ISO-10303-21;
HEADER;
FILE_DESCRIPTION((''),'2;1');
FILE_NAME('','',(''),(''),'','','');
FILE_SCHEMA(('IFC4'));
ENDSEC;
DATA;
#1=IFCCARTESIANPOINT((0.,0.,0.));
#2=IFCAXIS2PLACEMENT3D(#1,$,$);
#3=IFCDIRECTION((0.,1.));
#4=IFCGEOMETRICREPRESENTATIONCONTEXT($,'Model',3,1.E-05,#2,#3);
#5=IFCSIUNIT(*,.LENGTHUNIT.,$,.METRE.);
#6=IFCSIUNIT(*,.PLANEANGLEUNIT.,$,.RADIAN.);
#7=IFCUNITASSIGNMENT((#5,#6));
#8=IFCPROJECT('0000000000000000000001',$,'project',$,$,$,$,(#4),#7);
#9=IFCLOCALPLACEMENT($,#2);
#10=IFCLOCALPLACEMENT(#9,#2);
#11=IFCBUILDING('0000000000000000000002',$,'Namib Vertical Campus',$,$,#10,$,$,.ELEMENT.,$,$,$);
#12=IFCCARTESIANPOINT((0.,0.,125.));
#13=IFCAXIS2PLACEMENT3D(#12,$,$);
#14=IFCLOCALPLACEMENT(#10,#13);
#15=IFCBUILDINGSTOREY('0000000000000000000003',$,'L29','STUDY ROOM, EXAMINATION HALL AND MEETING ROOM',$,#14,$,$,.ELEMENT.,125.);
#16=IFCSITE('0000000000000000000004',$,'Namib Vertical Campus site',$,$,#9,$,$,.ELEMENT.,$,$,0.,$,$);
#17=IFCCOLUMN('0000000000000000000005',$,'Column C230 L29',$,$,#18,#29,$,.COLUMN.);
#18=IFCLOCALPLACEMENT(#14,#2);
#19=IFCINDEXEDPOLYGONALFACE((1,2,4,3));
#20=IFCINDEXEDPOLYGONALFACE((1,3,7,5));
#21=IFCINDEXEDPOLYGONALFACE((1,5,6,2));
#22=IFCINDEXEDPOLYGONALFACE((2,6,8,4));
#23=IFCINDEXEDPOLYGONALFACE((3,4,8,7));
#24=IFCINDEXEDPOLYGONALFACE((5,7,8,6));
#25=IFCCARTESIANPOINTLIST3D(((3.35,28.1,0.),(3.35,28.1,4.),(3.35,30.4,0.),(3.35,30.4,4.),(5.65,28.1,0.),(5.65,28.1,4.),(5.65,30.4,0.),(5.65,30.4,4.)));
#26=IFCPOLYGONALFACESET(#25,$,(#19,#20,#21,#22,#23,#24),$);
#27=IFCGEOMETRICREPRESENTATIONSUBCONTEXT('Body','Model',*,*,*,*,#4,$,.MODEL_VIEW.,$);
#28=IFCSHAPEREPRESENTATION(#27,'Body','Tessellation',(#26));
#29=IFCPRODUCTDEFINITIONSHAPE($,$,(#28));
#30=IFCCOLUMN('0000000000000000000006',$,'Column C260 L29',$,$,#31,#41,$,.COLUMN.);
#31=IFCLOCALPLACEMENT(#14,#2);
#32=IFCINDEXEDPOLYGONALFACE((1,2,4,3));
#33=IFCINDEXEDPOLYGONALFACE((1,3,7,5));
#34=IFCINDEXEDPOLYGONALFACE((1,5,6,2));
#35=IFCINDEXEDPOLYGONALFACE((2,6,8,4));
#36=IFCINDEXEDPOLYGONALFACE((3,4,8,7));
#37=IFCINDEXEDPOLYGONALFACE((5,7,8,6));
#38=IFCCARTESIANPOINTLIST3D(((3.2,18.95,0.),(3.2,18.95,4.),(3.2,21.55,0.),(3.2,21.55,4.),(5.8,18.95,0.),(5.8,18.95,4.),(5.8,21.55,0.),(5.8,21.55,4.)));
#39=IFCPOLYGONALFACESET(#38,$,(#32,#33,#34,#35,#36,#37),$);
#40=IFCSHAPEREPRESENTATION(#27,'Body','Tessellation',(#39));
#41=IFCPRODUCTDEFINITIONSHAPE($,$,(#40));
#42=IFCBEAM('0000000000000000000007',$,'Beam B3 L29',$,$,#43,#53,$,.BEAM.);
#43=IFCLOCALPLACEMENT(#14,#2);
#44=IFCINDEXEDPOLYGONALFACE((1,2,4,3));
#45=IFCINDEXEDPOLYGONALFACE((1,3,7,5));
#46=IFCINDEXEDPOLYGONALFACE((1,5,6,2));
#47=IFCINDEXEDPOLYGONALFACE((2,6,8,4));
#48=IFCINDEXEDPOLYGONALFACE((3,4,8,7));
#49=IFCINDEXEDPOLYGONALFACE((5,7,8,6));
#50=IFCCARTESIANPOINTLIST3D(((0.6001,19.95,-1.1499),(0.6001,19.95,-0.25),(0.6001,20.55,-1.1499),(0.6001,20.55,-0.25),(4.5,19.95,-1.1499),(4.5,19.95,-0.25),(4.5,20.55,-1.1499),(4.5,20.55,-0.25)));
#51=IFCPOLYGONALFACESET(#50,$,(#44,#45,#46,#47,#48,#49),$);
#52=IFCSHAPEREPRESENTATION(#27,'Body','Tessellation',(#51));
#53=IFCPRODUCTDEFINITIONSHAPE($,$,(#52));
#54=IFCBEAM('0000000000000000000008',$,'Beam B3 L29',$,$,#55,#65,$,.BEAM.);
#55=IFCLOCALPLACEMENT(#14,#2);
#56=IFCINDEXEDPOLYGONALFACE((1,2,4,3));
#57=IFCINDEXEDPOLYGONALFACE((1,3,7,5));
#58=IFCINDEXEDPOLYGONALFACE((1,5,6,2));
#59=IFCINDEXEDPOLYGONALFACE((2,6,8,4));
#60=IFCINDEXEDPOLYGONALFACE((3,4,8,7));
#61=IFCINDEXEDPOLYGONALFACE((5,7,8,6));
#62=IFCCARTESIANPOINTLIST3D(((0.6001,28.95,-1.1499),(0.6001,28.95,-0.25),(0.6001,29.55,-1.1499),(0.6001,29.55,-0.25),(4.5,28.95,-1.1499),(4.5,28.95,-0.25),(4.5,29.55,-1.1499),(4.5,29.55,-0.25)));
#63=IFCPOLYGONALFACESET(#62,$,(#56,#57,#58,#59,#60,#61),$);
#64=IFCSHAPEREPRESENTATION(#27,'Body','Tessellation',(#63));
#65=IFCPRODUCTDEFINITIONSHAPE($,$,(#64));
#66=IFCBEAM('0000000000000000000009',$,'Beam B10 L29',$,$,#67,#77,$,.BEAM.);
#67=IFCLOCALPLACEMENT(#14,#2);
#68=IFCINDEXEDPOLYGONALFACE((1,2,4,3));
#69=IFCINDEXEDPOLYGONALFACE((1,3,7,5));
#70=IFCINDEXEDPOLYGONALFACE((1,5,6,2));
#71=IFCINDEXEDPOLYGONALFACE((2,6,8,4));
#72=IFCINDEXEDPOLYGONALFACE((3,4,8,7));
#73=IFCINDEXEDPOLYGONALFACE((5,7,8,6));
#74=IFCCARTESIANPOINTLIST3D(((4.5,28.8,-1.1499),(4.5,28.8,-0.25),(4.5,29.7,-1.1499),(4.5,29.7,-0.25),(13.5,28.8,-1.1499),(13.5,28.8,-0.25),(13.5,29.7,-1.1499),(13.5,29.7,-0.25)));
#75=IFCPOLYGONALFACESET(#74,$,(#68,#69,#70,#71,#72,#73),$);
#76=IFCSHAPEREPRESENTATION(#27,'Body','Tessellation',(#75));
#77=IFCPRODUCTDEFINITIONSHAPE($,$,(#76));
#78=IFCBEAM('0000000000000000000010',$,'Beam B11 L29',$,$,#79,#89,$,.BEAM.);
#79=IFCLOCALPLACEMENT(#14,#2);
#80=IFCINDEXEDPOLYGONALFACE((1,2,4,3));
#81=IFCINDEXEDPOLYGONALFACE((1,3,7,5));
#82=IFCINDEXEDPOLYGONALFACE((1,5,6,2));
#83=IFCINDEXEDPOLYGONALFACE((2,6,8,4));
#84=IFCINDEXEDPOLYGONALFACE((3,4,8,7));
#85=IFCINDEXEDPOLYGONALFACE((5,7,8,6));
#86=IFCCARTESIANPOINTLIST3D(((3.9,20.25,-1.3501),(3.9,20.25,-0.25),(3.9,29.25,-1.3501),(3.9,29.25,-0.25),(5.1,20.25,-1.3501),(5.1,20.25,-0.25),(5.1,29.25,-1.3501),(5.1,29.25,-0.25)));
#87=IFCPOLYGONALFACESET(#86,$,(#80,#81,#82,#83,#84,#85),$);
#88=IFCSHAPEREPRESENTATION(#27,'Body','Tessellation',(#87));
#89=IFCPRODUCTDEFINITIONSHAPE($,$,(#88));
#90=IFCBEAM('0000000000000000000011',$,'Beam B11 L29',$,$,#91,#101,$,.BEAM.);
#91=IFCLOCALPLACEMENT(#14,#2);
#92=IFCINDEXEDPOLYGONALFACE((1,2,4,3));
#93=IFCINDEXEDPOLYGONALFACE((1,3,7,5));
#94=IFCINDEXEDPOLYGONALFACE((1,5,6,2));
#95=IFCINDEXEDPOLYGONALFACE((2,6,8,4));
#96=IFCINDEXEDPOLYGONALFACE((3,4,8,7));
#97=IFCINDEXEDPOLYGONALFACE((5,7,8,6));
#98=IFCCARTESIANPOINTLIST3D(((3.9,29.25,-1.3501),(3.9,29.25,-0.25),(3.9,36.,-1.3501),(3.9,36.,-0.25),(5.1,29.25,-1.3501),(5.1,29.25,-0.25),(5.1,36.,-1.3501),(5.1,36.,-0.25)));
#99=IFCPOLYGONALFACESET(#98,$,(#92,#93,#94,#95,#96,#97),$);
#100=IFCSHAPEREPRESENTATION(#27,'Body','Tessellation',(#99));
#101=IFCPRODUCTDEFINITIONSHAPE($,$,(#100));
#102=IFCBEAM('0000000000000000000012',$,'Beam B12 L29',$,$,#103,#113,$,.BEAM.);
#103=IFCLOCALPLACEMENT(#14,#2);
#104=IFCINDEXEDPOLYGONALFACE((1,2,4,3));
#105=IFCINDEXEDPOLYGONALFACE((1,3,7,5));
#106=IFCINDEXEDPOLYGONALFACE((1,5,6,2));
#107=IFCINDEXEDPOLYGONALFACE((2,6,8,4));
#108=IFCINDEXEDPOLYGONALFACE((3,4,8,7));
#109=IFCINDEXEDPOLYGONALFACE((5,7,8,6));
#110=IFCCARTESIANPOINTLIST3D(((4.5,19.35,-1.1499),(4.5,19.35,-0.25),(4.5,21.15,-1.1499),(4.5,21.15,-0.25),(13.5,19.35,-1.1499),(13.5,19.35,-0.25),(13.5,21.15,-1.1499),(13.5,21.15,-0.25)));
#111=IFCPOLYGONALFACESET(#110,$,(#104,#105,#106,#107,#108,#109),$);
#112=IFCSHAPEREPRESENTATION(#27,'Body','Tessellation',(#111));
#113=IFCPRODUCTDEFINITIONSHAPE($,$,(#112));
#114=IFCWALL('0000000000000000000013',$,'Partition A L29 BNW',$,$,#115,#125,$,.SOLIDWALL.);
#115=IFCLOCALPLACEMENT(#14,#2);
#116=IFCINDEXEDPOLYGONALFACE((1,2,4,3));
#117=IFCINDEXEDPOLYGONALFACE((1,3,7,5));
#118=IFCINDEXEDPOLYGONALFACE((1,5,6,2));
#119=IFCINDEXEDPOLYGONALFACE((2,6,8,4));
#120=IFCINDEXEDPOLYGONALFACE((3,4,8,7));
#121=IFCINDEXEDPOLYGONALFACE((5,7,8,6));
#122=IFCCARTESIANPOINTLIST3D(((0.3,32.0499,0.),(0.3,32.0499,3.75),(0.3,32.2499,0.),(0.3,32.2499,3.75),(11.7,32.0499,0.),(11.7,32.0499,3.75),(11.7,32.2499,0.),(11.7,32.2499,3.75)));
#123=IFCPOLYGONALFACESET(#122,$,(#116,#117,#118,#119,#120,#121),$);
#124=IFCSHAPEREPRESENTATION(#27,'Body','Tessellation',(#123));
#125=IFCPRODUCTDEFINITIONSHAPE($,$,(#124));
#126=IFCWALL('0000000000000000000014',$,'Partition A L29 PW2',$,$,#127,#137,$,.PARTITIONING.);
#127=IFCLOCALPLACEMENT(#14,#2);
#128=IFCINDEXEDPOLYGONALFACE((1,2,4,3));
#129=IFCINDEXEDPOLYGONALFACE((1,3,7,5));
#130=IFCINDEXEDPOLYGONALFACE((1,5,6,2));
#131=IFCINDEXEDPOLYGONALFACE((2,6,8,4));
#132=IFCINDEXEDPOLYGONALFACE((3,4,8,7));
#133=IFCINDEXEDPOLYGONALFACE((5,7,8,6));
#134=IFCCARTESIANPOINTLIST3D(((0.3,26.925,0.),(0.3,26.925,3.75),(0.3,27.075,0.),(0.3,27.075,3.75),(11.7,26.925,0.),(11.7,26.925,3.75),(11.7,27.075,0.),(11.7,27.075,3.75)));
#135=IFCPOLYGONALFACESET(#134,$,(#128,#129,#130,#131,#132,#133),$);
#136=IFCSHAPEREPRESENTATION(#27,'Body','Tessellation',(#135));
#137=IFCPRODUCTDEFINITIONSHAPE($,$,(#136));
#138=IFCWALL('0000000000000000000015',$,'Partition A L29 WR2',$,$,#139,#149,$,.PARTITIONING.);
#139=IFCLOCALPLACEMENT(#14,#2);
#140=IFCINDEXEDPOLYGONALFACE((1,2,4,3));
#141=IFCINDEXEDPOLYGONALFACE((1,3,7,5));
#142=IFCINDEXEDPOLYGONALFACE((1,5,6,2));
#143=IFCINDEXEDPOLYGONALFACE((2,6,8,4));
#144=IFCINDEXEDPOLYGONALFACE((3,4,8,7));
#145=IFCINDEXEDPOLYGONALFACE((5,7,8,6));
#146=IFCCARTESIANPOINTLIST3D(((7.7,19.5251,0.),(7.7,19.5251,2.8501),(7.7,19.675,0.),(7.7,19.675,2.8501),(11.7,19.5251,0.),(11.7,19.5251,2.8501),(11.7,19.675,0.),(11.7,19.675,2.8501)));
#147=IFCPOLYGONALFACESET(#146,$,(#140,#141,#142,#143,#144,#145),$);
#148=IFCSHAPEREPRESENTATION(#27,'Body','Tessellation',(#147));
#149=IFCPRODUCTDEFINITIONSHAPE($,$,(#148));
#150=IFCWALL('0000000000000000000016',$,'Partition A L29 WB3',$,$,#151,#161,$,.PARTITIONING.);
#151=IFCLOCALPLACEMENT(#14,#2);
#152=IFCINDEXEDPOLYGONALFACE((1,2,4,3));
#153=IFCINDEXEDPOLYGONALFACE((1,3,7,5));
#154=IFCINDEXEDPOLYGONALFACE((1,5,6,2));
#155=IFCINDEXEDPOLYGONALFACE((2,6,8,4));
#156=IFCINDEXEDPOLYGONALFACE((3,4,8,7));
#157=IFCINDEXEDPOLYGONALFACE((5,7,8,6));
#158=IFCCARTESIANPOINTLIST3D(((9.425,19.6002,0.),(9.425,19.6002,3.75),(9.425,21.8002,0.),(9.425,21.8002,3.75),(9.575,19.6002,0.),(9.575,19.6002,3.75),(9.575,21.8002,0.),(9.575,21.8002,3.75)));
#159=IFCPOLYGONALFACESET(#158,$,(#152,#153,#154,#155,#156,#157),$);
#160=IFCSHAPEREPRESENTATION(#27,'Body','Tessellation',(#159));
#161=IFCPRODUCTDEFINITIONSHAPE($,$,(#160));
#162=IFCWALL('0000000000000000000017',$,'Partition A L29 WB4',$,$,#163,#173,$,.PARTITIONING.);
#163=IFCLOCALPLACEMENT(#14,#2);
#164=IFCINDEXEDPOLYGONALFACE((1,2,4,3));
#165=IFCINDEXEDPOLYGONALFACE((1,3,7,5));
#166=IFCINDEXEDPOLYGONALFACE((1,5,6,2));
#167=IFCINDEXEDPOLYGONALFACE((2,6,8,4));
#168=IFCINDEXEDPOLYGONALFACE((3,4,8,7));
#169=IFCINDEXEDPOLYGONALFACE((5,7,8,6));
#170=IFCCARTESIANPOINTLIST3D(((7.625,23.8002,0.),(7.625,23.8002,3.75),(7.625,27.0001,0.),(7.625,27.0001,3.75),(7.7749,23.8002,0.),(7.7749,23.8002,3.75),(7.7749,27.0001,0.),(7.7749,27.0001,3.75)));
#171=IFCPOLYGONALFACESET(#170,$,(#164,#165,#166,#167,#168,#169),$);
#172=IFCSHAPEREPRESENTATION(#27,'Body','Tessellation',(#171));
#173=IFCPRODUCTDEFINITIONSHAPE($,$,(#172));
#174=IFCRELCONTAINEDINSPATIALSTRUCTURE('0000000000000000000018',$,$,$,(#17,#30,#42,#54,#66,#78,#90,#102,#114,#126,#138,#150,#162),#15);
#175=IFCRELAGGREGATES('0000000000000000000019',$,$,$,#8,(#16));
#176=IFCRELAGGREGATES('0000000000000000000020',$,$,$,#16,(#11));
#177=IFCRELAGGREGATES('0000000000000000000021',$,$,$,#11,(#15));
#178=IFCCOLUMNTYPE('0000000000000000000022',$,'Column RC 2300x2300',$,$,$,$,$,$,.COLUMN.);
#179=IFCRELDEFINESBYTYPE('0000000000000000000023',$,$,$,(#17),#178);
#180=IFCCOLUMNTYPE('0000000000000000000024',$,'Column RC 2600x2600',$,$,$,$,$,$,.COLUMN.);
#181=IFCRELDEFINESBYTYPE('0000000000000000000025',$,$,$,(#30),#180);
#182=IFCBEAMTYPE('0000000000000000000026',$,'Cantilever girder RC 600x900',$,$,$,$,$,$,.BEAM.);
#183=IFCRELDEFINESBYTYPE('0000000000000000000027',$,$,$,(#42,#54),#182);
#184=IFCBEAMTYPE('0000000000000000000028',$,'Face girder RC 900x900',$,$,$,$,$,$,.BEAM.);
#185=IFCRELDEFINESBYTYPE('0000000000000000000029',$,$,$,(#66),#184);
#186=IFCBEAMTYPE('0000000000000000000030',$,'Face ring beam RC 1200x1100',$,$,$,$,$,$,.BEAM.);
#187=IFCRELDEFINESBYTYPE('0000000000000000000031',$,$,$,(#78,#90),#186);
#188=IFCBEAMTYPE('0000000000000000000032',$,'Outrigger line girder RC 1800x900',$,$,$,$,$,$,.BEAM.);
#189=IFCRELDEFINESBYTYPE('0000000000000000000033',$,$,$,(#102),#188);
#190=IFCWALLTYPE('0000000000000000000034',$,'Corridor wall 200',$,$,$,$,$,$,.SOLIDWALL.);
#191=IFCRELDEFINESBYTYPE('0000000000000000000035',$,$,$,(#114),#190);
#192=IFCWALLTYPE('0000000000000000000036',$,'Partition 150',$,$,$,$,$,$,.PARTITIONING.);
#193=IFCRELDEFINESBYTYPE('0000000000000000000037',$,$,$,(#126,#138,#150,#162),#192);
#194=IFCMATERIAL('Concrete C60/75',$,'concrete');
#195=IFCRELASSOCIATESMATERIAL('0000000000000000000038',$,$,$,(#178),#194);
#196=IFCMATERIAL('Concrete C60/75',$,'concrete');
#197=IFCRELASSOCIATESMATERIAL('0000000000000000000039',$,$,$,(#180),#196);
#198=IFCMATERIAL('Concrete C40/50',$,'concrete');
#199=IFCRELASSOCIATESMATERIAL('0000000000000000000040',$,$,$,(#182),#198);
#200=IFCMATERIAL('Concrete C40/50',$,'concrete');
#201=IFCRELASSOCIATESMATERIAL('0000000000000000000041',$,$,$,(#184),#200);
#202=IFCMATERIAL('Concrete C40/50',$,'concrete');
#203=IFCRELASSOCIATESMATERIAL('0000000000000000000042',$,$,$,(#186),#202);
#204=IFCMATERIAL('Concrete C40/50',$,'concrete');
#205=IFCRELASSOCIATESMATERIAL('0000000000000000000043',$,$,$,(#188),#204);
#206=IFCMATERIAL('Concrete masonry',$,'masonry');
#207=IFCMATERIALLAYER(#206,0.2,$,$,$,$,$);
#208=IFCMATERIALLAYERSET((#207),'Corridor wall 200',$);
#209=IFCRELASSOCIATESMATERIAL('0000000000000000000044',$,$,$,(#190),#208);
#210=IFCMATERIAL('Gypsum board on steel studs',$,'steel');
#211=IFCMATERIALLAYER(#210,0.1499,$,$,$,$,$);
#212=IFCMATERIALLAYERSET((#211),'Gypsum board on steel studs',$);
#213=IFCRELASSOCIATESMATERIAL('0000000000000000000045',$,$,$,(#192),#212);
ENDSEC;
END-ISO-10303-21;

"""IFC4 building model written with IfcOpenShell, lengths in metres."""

from ifc_helpers import new_model, si_unit, direction, frame, frame_2d, origin, origin_2d, place, context, subcontext, project, spatial, rectangle, extrude, material, layer, layer_set, material_profile, profile_set, type_object, element, save


model = new_model("IFC4")

# Units and contexts
model_context = context("Model", 3, precision=1e-05, world=origin(), true_north=direction((0.0, 1.0)))
body_context = subcontext(model_context, "Body", "Model", "MODEL_VIEW")
ifc_project = project(units=[si_unit("LENGTHUNIT", "METRE"), si_unit("PLANEANGLEUNIT", "RADIAN")], contexts=[model_context])

# Site, building, storey
site_placement = place(None, origin())
site = spatial("IfcSite", under=ifc_project, at=site_placement, Name="Namib Vertical Campus site", CompositionType="ELEMENT", RefElevation=0.0)
building_placement = place(site_placement, origin())
building = spatial("IfcBuilding", under=site, at=building_placement, Name="Namib Vertical Campus", CompositionType="ELEMENT")
storey_placement = place(building_placement, frame((0.0, 0.0, 125.0)))
storey = spatial("IfcBuildingStorey", under=building, at=storey_placement, Name="L29", Description="STUDY ROOM, EXAMINATION HALL AND MEETING ROOM", CompositionType="ELEMENT", Elevation=125.0)

# Columns
ifc_material_1 = material(Name="Concrete C60/75", Category="concrete")
ifc_material_profile_1 = material_profile(ifc_material_1, rectangle(XDim=2.3, YDim=2.3, at=origin_2d()))
ifc_profile_set_1 = profile_set([ifc_material_profile_1], Name="Concrete C60/75")
column_type_1 = type_object("IfcColumnType", Name="Column RC 2300x2300", PredefinedType="COLUMN", material=ifc_profile_set_1)
column_1_placement = place(storey_placement, frame((4.5, 29.25, 0.0), z_axis=(0.0, 0.0, 1.0), x_axis=(1.0, 0.0, 0.0)))
element("IfcColumn", 1, at=column_1_placement, inside=storey, type_object=column_type_1, Name="Column C230 L29", PredefinedType="COLUMN", context=body_context, shape_type="SweptSolid", body=[
    extrude(rectangle(XDim=2.3, YDim=2.3, at=origin_2d()), origin(), (0.0, 0.0, 1.0), 4.0),
])
ifc_material_2 = material(Name="Concrete C60/75", Category="concrete")
ifc_material_profile_2 = material_profile(ifc_material_2, rectangle(XDim=2.6001, YDim=2.6001, at=origin_2d()))
ifc_profile_set_2 = profile_set([ifc_material_profile_2], Name="Concrete C60/75")
column_type_2 = type_object("IfcColumnType", Name="Column RC 2600x2600", PredefinedType="COLUMN", material=ifc_profile_set_2)
column_2_placement = place(storey_placement, frame((4.5, 20.25, 0.0), z_axis=(0.0, 0.0, 1.0), x_axis=(1.0, 0.0, 0.0)))
element("IfcColumn", 2, at=column_2_placement, inside=storey, type_object=column_type_2, Name="Column C260 L29", PredefinedType="COLUMN", context=body_context, shape_type="SweptSolid", body=[
    extrude(rectangle(XDim=2.6001, YDim=2.6001, at=origin_2d()), origin(), (0.0, 0.0, 1.0), 4.0),
])

# Beams
ifc_material_3 = material(Name="Concrete C40/50", Category="concrete")
ifc_material_profile_3 = material_profile(ifc_material_3, rectangle(XDim=0.6001, YDim=0.8999, at=origin_2d()))
ifc_profile_set_3 = profile_set([ifc_material_profile_3], Name="Concrete C40/50")
beam_type_1 = type_object("IfcBeamType", Name="Cantilever girder RC 600x900", PredefinedType="BEAM", material=ifc_profile_set_3)
for number, where, z_axis, x_axis, name in (
    (3, (4.5, 20.25, -0.7), (-1.0, 0.0, 0.0), (0.0, -1.0, 0.0), "Beam B3 L29"),
    (4, (4.5, 29.25, -0.7), (-1.0, 0.0, 0.0), (0.0, -1.0, 0.0), "Beam B3 L29"),
):
    element("IfcBeam", number, at=place(storey_placement, frame(where, z_axis=z_axis, x_axis=x_axis)), inside=storey, type_object=beam_type_1, Name=name, PredefinedType="BEAM", context=body_context, shape_type="SweptSolid", body=[
        extrude(rectangle(XDim=0.6001, YDim=0.8999, at=origin_2d()), origin(), (0.0, 0.0, 1.0), 3.8999),
    ])
ifc_material_4 = material(Name="Concrete C40/50", Category="concrete")
ifc_material_profile_4 = material_profile(ifc_material_4, rectangle(XDim=0.8999, YDim=0.8999, at=origin_2d()))
ifc_profile_set_4 = profile_set([ifc_material_profile_4], Name="Concrete C40/50")
beam_type_2 = type_object("IfcBeamType", Name="Face girder RC 900x900", PredefinedType="BEAM", material=ifc_profile_set_4)
beam_1_placement = place(storey_placement, frame((4.5, 29.25, -0.7), z_axis=(1.0, 0.0, 0.0), x_axis=(0.0, 1.0, 0.0)))
element("IfcBeam", 5, at=beam_1_placement, inside=storey, type_object=beam_type_2, Name="Beam B10 L29", PredefinedType="BEAM", context=body_context, shape_type="SweptSolid", body=[
    extrude(rectangle(XDim=0.8999, YDim=0.8999, at=origin_2d()), origin(), (0.0, 0.0, 1.0), 9.0),
])
ifc_material_5 = material(Name="Concrete C40/50", Category="concrete")
ifc_material_profile_5 = material_profile(ifc_material_5, rectangle(XDim=1.2, YDim=1.1001, at=origin_2d()))
ifc_profile_set_5 = profile_set([ifc_material_profile_5], Name="Concrete C40/50")
beam_type_3 = type_object("IfcBeamType", Name="Face ring beam RC 1200x1100", PredefinedType="BEAM", material=ifc_profile_set_5)
beam_2_placement = place(storey_placement, frame((4.5, 20.25, -0.8), z_axis=(0.0, 1.0, 0.0), x_axis=(-1.0, 0.0, 0.0)))
element("IfcBeam", 6, at=beam_2_placement, inside=storey, type_object=beam_type_3, Name="Beam B11 L29", PredefinedType="BEAM", context=body_context, shape_type="SweptSolid", body=[
    extrude(rectangle(XDim=1.2, YDim=1.1001, at=origin_2d()), origin(), (0.0, 0.0, 1.0), 9.0),
])
beam_3_placement = place(storey_placement, frame((4.5, 29.25, -0.8), z_axis=(0.0, 1.0, 0.0), x_axis=(-1.0, 0.0, 0.0)))
element("IfcBeam", 7, at=beam_3_placement, inside=storey, type_object=beam_type_3, Name="Beam B11 L29", PredefinedType="BEAM", context=body_context, shape_type="SweptSolid", body=[
    extrude(rectangle(XDim=1.2, YDim=1.1001, at=origin_2d()), origin(), (0.0, 0.0, 1.0), 6.75),
])
ifc_material_6 = material(Name="Concrete C40/50", Category="concrete")
ifc_material_profile_6 = material_profile(ifc_material_6, rectangle(XDim=1.8, YDim=0.8999, at=origin_2d()))
ifc_profile_set_6 = profile_set([ifc_material_profile_6], Name="Concrete C40/50")
beam_type_4 = type_object("IfcBeamType", Name="Outrigger line girder RC 1800x900", PredefinedType="BEAM", material=ifc_profile_set_6)
beam_4_placement = place(storey_placement, frame((4.5, 20.25, -0.7), z_axis=(1.0, 0.0, 0.0), x_axis=(0.0, 1.0, 0.0)))
element("IfcBeam", 8, at=beam_4_placement, inside=storey, type_object=beam_type_4, Name="Beam B12 L29", PredefinedType="BEAM", context=body_context, shape_type="SweptSolid", body=[
    extrude(rectangle(XDim=1.8, YDim=0.8999, at=origin_2d()), origin(), (0.0, 0.0, 1.0), 9.0),
])

# Walls
ifc_material_7 = material(Name="Concrete masonry", Category="masonry")
ifc_layer_1 = layer(ifc_material_7, 0.2)
ifc_layer_set_1 = layer_set([ifc_layer_1], Name="Corridor wall 200")
wall_type_1 = type_object("IfcWallType", Name="Corridor wall 200", PredefinedType="SOLIDWALL", material=ifc_layer_set_1)
wall_1_placement = place(storey_placement, frame((0.3, 32.1499, 0.0), z_axis=(0.0, 0.0, 1.0), x_axis=(1.0, 0.0, 0.0)))
element("IfcWall", 9, at=wall_1_placement, inside=storey, type_object=wall_type_1, Name="Partition A L29 BNW", PredefinedType="SOLIDWALL", context=body_context, shape_type="SweptSolid", body=[
    extrude(rectangle(XDim=11.3999, YDim=0.2, at=frame_2d((5.7, 0.0))), origin(), (0.0, 0.0, 1.0), 3.75),
])
ifc_material_8 = material(Name="Gypsum board on steel studs", Category="steel")
ifc_layer_2 = layer(ifc_material_8, 0.1499)
ifc_layer_set_2 = layer_set([ifc_layer_2], Name="Gypsum board on steel studs")
wall_type_2 = type_object("IfcWallType", Name="Partition 150", PredefinedType="PARTITIONING", material=ifc_layer_set_2)
wall_2_placement = place(storey_placement, frame((0.3, 27.0, 0.0), z_axis=(0.0, 0.0, 1.0), x_axis=(1.0, 0.0, 0.0)))
element("IfcWall", 10, at=wall_2_placement, inside=storey, type_object=wall_type_2, Name="Partition A L29 PW2", PredefinedType="PARTITIONING", context=body_context, shape_type="SweptSolid", body=[
    extrude(rectangle(XDim=11.3999, YDim=0.1499, at=frame_2d((5.7, 0.0))), origin(), (0.0, 0.0, 1.0), 3.75),
])
wall_3_placement = place(storey_placement, frame((11.7, 19.6001, 0.0), z_axis=(0.0, 0.0, 1.0), x_axis=(-1.0, 0.0, 0.0)))
element("IfcWall", 11, at=wall_3_placement, inside=storey, type_object=wall_type_2, Name="Partition A L29 WR2", PredefinedType="PARTITIONING", context=body_context, shape_type="SweptSolid", body=[
    extrude(rectangle(XDim=4.0, YDim=0.1499, at=frame_2d((2.0, 0.0))), origin(), (0.0, 0.0, 1.0), 2.8501),
])
wall_4_placement = place(storey_placement, frame((9.5, 19.6001, 0.0), z_axis=(0.0, 0.0, 1.0), x_axis=(0.0, 1.0, 0.0)))
element("IfcWall", 12, at=wall_4_placement, inside=storey, type_object=wall_type_2, Name="Partition A L29 WB3", PredefinedType="PARTITIONING", context=body_context, shape_type="SweptSolid", body=[
    extrude(rectangle(XDim=2.2, YDim=0.1499, at=frame_2d((1.1001, 0.0))), origin(), (0.0, 0.0, 1.0), 3.75),
])
wall_5_placement = place(storey_placement, frame((7.7, 23.8, 0.0), z_axis=(0.0, 0.0, 1.0), x_axis=(0.0, 1.0, 0.0)))
element("IfcWall", 13, at=wall_5_placement, inside=storey, type_object=wall_type_2, Name="Partition A L29 WB4", PredefinedType="PARTITIONING", context=body_context, shape_type="SweptSolid", body=[
    extrude(rectangle(XDim=3.2, YDim=0.1499, at=frame_2d((1.6001, 0.0))), origin(), (0.0, 0.0, 1.0), 3.75),
])

save(model, "model.ifc")
